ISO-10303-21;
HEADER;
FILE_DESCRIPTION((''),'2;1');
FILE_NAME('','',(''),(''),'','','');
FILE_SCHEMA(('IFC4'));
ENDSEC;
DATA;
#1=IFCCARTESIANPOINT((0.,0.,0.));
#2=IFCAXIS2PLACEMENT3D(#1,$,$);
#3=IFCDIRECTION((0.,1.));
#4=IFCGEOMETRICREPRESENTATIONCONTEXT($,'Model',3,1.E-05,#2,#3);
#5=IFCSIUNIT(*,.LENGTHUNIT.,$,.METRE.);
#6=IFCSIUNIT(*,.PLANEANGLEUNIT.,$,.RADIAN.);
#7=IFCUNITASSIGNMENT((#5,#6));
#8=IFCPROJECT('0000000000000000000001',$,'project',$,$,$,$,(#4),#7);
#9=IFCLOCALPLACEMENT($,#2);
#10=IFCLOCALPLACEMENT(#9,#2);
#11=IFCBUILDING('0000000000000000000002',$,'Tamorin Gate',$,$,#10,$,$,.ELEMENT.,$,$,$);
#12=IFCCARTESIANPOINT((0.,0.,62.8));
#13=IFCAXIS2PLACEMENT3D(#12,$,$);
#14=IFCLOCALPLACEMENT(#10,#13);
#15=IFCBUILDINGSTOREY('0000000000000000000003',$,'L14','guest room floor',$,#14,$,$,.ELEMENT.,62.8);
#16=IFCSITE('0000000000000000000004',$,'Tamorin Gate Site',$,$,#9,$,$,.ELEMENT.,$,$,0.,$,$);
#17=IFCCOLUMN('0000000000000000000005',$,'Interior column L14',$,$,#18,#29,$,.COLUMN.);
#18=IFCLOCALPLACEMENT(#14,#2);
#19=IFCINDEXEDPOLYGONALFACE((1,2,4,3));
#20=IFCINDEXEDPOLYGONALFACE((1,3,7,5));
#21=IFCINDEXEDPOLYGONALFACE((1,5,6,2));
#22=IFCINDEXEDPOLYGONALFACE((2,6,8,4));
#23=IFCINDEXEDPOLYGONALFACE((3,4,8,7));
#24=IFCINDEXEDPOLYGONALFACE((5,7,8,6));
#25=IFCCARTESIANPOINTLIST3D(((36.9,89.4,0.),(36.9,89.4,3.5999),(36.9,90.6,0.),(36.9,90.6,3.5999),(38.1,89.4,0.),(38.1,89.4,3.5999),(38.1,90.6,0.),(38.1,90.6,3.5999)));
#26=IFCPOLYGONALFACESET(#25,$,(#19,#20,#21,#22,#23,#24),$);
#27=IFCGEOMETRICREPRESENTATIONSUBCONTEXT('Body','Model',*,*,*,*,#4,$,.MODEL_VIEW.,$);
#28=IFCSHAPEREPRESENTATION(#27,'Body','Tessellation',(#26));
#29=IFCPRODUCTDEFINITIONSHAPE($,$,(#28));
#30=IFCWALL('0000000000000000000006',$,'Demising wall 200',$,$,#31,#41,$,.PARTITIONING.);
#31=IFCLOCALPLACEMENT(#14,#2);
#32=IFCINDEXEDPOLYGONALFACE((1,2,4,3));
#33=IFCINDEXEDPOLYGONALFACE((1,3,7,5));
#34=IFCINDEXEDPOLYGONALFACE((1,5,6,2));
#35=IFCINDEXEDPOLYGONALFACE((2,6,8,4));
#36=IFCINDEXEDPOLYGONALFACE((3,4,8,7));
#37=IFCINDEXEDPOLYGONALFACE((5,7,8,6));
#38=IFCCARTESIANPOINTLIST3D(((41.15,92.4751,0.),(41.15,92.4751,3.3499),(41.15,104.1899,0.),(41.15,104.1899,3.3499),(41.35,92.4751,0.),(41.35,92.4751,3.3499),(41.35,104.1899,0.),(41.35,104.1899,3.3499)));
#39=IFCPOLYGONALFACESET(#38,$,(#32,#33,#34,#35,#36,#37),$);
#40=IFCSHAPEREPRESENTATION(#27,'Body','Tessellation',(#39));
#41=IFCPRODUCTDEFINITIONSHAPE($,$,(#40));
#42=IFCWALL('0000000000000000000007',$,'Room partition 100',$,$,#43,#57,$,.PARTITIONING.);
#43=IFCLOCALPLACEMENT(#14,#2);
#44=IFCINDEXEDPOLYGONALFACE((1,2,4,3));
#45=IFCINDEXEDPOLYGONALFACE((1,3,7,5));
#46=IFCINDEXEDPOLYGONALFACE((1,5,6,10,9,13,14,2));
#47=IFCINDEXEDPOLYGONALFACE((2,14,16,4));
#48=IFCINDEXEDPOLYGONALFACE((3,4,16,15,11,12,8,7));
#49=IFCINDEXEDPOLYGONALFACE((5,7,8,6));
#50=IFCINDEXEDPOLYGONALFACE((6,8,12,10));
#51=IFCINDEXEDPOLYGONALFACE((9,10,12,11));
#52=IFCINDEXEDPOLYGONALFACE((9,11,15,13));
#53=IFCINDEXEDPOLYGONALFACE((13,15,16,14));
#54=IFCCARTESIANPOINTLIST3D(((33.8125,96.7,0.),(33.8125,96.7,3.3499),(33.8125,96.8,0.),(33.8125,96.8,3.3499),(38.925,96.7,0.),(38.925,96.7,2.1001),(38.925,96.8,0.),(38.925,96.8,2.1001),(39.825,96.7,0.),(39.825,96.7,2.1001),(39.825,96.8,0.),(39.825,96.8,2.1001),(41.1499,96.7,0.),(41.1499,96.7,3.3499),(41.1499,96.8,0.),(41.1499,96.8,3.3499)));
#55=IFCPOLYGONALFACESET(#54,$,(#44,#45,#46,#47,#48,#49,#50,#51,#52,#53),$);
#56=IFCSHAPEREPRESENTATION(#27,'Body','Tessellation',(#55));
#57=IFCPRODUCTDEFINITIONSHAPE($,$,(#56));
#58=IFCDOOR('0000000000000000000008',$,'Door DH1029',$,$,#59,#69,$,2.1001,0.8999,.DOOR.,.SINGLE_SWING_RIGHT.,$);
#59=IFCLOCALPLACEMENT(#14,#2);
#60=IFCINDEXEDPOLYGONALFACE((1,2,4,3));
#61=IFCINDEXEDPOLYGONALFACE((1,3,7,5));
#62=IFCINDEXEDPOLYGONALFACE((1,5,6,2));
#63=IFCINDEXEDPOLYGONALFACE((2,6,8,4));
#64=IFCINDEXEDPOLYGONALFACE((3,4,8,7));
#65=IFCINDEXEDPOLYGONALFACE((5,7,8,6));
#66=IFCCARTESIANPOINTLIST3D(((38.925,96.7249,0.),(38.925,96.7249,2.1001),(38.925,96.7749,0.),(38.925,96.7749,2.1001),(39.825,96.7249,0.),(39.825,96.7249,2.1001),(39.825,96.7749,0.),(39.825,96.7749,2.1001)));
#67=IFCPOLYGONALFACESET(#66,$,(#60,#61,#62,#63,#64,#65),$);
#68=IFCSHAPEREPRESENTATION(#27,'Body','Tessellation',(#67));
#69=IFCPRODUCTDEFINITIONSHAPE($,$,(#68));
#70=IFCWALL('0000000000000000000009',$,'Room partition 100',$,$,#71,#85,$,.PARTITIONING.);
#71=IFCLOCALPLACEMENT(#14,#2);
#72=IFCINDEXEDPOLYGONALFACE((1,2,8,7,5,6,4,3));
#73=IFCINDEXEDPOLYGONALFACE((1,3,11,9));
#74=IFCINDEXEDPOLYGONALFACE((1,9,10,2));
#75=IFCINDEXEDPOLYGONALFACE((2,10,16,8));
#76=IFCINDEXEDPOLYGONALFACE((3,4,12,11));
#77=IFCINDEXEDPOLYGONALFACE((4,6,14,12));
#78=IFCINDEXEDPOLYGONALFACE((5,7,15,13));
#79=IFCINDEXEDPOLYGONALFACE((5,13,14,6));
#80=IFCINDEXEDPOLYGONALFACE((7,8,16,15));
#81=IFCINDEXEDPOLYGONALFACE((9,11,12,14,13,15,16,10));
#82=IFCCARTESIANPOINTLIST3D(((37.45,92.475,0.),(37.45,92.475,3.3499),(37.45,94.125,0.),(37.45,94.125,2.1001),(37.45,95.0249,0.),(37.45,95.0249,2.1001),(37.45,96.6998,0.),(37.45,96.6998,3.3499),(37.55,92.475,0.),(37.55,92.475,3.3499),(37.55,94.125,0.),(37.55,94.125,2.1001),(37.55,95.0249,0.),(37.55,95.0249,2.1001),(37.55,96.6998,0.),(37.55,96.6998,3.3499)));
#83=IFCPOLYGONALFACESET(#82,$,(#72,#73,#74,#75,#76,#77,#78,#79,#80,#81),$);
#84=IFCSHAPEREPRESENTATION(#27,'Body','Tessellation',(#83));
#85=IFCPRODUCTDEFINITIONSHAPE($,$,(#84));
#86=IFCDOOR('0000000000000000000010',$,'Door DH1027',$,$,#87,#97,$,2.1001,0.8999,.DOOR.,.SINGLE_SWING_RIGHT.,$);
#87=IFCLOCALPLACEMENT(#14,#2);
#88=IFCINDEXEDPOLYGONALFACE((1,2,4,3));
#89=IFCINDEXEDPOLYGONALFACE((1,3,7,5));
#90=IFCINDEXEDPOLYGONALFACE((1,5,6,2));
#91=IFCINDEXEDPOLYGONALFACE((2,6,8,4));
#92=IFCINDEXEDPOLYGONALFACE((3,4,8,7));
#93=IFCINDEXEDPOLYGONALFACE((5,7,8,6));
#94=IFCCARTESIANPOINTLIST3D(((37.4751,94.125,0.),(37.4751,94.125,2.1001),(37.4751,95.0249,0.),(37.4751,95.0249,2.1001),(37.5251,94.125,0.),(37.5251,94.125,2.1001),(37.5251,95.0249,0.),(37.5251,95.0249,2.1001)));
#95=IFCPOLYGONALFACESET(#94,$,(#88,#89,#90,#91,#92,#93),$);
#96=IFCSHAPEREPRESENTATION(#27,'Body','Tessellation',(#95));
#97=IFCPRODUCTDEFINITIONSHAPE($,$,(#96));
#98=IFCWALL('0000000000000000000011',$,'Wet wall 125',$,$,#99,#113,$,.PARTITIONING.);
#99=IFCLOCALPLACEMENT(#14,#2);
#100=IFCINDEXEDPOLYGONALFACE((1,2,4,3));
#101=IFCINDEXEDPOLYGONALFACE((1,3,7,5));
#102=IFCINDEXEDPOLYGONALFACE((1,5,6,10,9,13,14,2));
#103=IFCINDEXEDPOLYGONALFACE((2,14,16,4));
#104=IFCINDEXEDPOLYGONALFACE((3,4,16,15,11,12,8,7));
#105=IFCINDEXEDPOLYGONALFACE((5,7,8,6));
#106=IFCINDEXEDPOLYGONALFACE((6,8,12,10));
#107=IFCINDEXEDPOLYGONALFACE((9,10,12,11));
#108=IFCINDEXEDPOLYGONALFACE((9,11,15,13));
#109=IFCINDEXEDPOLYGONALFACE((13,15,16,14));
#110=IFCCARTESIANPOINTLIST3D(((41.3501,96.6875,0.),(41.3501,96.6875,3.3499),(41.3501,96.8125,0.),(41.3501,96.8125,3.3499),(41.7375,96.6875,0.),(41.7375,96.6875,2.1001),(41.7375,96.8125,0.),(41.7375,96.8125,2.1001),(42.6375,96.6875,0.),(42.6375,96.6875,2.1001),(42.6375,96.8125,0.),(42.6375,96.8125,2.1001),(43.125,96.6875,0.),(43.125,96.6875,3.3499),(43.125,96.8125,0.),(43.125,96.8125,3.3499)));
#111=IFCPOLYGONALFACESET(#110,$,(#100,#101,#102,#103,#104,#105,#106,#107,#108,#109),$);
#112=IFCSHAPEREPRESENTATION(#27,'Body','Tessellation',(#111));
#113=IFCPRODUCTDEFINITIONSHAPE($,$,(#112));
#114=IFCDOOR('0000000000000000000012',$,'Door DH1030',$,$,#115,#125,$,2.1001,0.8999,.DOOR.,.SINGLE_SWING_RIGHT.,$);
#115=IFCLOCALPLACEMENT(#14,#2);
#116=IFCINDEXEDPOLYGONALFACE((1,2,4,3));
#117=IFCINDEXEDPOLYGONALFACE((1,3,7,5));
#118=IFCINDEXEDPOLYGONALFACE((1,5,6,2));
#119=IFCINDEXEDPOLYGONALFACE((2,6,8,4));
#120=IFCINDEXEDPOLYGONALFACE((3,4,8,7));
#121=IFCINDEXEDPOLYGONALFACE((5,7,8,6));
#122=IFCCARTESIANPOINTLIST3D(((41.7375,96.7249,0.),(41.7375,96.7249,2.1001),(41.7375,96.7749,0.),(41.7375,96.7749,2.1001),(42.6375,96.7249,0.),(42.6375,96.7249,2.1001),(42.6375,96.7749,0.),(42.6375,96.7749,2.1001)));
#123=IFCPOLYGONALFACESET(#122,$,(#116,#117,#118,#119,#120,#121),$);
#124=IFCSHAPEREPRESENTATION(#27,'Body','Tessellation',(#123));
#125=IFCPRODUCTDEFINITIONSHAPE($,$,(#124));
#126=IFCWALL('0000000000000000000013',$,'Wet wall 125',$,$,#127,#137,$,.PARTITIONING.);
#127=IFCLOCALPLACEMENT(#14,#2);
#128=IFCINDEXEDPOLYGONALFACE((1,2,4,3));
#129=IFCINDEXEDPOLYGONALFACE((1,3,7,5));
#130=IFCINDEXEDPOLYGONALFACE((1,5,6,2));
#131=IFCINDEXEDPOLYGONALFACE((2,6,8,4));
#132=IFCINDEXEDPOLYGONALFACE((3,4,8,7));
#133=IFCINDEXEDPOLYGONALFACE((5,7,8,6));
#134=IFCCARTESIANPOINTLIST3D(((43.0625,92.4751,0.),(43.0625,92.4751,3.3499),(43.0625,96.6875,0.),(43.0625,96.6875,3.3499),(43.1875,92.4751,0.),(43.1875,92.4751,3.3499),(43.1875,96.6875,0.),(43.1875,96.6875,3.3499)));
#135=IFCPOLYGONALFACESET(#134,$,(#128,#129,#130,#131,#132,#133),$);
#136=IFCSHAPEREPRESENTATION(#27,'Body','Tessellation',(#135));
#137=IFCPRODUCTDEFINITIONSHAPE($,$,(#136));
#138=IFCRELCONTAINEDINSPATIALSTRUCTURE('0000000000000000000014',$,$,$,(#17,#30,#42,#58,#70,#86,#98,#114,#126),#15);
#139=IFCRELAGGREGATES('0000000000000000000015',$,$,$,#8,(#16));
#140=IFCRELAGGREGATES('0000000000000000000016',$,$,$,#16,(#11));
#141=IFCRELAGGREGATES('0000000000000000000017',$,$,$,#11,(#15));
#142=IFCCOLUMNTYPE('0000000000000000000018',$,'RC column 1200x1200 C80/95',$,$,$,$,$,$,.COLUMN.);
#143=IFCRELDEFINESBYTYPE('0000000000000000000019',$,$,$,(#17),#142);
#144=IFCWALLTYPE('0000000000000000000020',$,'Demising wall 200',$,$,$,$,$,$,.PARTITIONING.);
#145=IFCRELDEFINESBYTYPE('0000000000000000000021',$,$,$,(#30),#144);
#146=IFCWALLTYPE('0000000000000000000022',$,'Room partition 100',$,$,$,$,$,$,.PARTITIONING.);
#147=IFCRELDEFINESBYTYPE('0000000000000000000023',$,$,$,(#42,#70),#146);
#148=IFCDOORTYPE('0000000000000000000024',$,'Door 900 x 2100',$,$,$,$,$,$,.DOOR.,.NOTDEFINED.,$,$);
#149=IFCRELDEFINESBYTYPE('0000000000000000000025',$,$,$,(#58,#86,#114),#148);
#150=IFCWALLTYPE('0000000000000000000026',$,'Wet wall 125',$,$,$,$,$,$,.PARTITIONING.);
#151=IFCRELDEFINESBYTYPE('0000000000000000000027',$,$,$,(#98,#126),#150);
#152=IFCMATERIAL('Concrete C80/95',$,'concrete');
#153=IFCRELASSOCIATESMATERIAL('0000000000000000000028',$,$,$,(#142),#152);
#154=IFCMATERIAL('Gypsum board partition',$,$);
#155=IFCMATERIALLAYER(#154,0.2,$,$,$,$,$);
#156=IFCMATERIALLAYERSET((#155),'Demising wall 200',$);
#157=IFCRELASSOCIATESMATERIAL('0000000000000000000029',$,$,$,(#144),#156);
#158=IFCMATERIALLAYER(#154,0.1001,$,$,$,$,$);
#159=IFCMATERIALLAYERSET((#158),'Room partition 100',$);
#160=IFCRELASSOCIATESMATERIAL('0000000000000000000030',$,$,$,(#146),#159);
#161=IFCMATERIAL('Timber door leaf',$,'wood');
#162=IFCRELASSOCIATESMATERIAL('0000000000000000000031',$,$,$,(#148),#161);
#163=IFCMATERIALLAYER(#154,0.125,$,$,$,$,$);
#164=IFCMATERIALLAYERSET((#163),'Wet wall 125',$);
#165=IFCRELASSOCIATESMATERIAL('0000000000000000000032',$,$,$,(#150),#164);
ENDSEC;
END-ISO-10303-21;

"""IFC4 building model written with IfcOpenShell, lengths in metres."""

from ifc_helpers import new_model, si_unit, direction, frame, frame_2d, origin, origin_2d, place, context, subcontext, project, spatial, rectangle, extrude, material, layer, layer_set, material_profile, profile_set, type_object, element, fill, save


model = new_model("IFC4")

# Units and contexts
model_context = context("Model", 3, precision=1e-05, world=origin(), true_north=direction((0.0, 1.0)))
body_context = subcontext(model_context, "Body", "Model", "MODEL_VIEW")
ifc_project = project(units=[si_unit("LENGTHUNIT", "METRE"), si_unit("PLANEANGLEUNIT", "RADIAN")], contexts=[model_context])

# Site, building, storey
site_placement = place(None, origin())
site = spatial("IfcSite", under=ifc_project, at=site_placement, Name="Tamorin Gate Site", CompositionType="ELEMENT", RefElevation=0.0)
building_placement = place(site_placement, origin())
building = spatial("IfcBuilding", under=site, at=building_placement, Name="Tamorin Gate", CompositionType="ELEMENT")
storey_placement = place(building_placement, frame((0.0, 0.0, 62.8)))
storey = spatial("IfcBuildingStorey", under=building, at=storey_placement, Name="L14", Description="guest room floor", CompositionType="ELEMENT", Elevation=62.8)

# Column
ifc_material_1 = material(Name="Concrete C80/95", Category="concrete")
ifc_material_profile = material_profile(ifc_material_1, rectangle(XDim=1.2, YDim=1.2, at=origin_2d()), Name="RC 1200x1200")
ifc_profile_set = profile_set([ifc_material_profile], Name="Concrete C80/95")
column_type = type_object("IfcColumnType", Name="RC column 1200x1200 C80/95", PredefinedType="COLUMN", material=ifc_profile_set)
column_placement = place(storey_placement, frame((37.5, 90.0, 0.0), z_axis=(0.0, 0.0, 1.0), x_axis=(1.0, 0.0, 0.0)))
element("IfcColumn", 1, at=column_placement, inside=storey, type_object=column_type, Name="Interior column L14", PredefinedType="COLUMN", context=body_context, shape_type="SweptSolid", body=[
    extrude(rectangle(XDim=1.2, YDim=1.2, at=origin_2d()), origin(), (0.0, 0.0, 1.0), 3.5999),
])

# Wall
ifc_material_2 = material(Name="Gypsum board partition")
ifc_layer_1 = layer(ifc_material_2, 0.2)
ifc_layer_set_1 = layer_set([ifc_layer_1], Name="Demising wall 200")
wall_type_1 = type_object("IfcWallType", Name="Demising wall 200", PredefinedType="PARTITIONING", material=ifc_layer_set_1)
wall_1_placement = place(storey_placement, frame((41.25, 92.4751, 0.0), z_axis=(0.0, 0.0, 1.0), x_axis=(0.0, 1.0, 0.0)))
element("IfcWall", 2, at=wall_1_placement, inside=storey, type_object=wall_type_1, Name="Demising wall 200", PredefinedType="PARTITIONING", context=body_context, shape_type="SweptSolid", body=[
    extrude(rectangle(XDim=11.7148, YDim=0.2, at=frame_2d((5.8574, 0.0))), origin(), (0.0, 0.0, 1.0), 3.3499),
])

# Walls, openings, doors
ifc_layer_2 = layer(ifc_material_2, 0.1001)
ifc_layer_set_2 = layer_set([ifc_layer_2], Name="Room partition 100")
wall_type_2 = type_object("IfcWallType", Name="Room partition 100", PredefinedType="PARTITIONING", material=ifc_layer_set_2)
wall_2_placement = place(storey_placement, frame((33.8125, 96.75, 0.0), z_axis=(0.0, 0.0, 1.0), x_axis=(1.0, 0.0, 0.0)))
wall_2 = element("IfcWall", 3, at=wall_2_placement, inside=storey, type_object=wall_type_2, Name="Room partition 100", PredefinedType="PARTITIONING", context=body_context, shape_type="SweptSolid", body=[
    extrude(rectangle(XDim=7.3374, YDim=0.1001, at=frame_2d((3.6687, 0.0))), origin(), (0.0, 0.0, 1.0), 3.3499),
])
opening_1_placement = place(wall_2_placement, frame((5.1125, 0.0, 0.0)))
opening_1 = element("IfcOpeningElement", 4, at=opening_1_placement, cuts=wall_2, PredefinedType="OPENING", context=body_context, shape_type="SweptSolid", body=[
    extrude(rectangle(XDim=0.8999, YDim=2.1001, at=frame_2d((0.45, 1.05))), frame((0.0, 0.0601, 0.0), z_axis=(0.0, -1.0, 0.0), x_axis=(1.0, 0.0, 0.0)), (0.0, 0.0, 1.0), 0.1201),
])
ifc_material_3 = material(Name="Timber door leaf", Category="wood")
door_type = type_object("IfcDoorType", Name="Door 900 x 2100", OperationType="NOTDEFINED", PredefinedType="DOOR", material=ifc_material_3)
door_1_placement = place(opening_1_placement, origin())
door_1 = element("IfcDoor", 5, at=door_1_placement, inside=storey, type_object=door_type, Name="Door DH1029", OperationType="SINGLE_SWING_RIGHT", OverallHeight=2.1001, OverallWidth=0.8999, PredefinedType="DOOR", context=body_context, shape_type="SweptSolid", body=[
    extrude(rectangle(XDim=0.8999, YDim=2.1001, at=frame_2d((0.45, 1.05))), frame((0.0, 0.0249, 0.0), z_axis=(0.0, -1.0, 0.0), x_axis=(1.0, 0.0, 0.0)), (0.0, 0.0, 1.0), 0.05),
])
fill(opening_1, door_1)
wall_3_placement = place(storey_placement, frame((37.5, 92.4751, 0.0), z_axis=(0.0, 0.0, 1.0), x_axis=(0.0, 1.0, 0.0)))
wall_3 = element("IfcWall", 6, at=wall_3_placement, inside=storey, type_object=wall_type_2, Name="Room partition 100", PredefinedType="PARTITIONING", context=body_context, shape_type="SweptSolid", body=[
    extrude(rectangle(XDim=4.2249, YDim=0.1001, at=frame_2d((2.1123, 0.0))), origin(), (0.0, 0.0, 1.0), 3.3499),
])
opening_2_placement = place(wall_3_placement, frame((1.6499, 0.0, 0.0)))
opening_2 = element("IfcOpeningElement", 7, at=opening_2_placement, cuts=wall_3, PredefinedType="OPENING", context=body_context, shape_type="SweptSolid", body=[
    extrude(rectangle(XDim=0.8999, YDim=2.1001, at=frame_2d((0.45, 1.05))), frame((0.0, 0.0601, 0.0), z_axis=(0.0, -1.0, 0.0), x_axis=(1.0, 0.0, 0.0)), (0.0, 0.0, 1.0), 0.1201),
])
door_2_placement = place(opening_2_placement, origin())
door_2 = element("IfcDoor", 8, at=door_2_placement, inside=storey, type_object=door_type, Name="Door DH1027", OperationType="SINGLE_SWING_RIGHT", OverallHeight=2.1001, OverallWidth=0.8999, PredefinedType="DOOR", context=body_context, shape_type="SweptSolid", body=[
    extrude(rectangle(XDim=0.8999, YDim=2.1001, at=frame_2d((0.45, 1.05))), frame((0.0, 0.0249, 0.0), z_axis=(0.0, -1.0, 0.0), x_axis=(1.0, 0.0, 0.0)), (0.0, 0.0, 1.0), 0.05),
])
fill(opening_2, door_2)
ifc_layer_3 = layer(ifc_material_2, 0.125)
ifc_layer_set_3 = layer_set([ifc_layer_3], Name="Wet wall 125")
wall_type_3 = type_object("IfcWallType", Name="Wet wall 125", PredefinedType="PARTITIONING", material=ifc_layer_set_3)
wall_4_placement = place(storey_placement, frame((41.3501, 96.75, 0.0), z_axis=(0.0, 0.0, 1.0), x_axis=(1.0, 0.0, 0.0)))
wall_4 = element("IfcWall", 9, at=wall_4_placement, inside=storey, type_object=wall_type_3, Name="Wet wall 125", PredefinedType="PARTITIONING", context=body_context, shape_type="SweptSolid", body=[
    extrude(rectangle(XDim=1.7749, YDim=0.125, at=frame_2d((0.8875, 0.0))), origin(), (0.0, 0.0, 1.0), 3.3499),
])
opening_3_placement = place(wall_4_placement, frame((0.3875, 0.0, 0.0)))
opening_3 = element("IfcOpeningElement", 10, at=opening_3_placement, cuts=wall_4, PredefinedType="OPENING", context=body_context, shape_type="SweptSolid", body=[
    extrude(rectangle(XDim=0.8999, YDim=2.1001, at=frame_2d((0.45, 1.05))), frame((0.0, 0.0725, 0.0), z_axis=(0.0, -1.0, 0.0), x_axis=(1.0, 0.0, 0.0)), (0.0, 0.0, 1.0), 0.145),
])
door_3_placement = place(opening_3_placement, origin())
door_3 = element("IfcDoor", 11, at=door_3_placement, inside=storey, type_object=door_type, Name="Door DH1030", OperationType="SINGLE_SWING_RIGHT", OverallHeight=2.1001, OverallWidth=0.8999, PredefinedType="DOOR", context=body_context, shape_type="SweptSolid", body=[
    extrude(rectangle(XDim=0.8999, YDim=2.1001, at=frame_2d((0.45, 1.05))), frame((0.0, 0.0249, 0.0), z_axis=(0.0, -1.0, 0.0), x_axis=(1.0, 0.0, 0.0)), (0.0, 0.0, 1.0), 0.05),
])
fill(opening_3, door_3)

# Wall
wall_5_placement = place(storey_placement, frame((43.125, 92.4751, 0.0), z_axis=(0.0, 0.0, 1.0), x_axis=(0.0, 1.0, 0.0)))
element("IfcWall", 12, at=wall_5_placement, inside=storey, type_object=wall_type_3, Name="Wet wall 125", PredefinedType="PARTITIONING", context=body_context, shape_type="SweptSolid", body=[
    extrude(rectangle(XDim=4.2124, YDim=0.125, at=frame_2d((2.1062, 0.0))), origin(), (0.0, 0.0, 1.0), 3.3499),
])

save(model, "model.ifc")
